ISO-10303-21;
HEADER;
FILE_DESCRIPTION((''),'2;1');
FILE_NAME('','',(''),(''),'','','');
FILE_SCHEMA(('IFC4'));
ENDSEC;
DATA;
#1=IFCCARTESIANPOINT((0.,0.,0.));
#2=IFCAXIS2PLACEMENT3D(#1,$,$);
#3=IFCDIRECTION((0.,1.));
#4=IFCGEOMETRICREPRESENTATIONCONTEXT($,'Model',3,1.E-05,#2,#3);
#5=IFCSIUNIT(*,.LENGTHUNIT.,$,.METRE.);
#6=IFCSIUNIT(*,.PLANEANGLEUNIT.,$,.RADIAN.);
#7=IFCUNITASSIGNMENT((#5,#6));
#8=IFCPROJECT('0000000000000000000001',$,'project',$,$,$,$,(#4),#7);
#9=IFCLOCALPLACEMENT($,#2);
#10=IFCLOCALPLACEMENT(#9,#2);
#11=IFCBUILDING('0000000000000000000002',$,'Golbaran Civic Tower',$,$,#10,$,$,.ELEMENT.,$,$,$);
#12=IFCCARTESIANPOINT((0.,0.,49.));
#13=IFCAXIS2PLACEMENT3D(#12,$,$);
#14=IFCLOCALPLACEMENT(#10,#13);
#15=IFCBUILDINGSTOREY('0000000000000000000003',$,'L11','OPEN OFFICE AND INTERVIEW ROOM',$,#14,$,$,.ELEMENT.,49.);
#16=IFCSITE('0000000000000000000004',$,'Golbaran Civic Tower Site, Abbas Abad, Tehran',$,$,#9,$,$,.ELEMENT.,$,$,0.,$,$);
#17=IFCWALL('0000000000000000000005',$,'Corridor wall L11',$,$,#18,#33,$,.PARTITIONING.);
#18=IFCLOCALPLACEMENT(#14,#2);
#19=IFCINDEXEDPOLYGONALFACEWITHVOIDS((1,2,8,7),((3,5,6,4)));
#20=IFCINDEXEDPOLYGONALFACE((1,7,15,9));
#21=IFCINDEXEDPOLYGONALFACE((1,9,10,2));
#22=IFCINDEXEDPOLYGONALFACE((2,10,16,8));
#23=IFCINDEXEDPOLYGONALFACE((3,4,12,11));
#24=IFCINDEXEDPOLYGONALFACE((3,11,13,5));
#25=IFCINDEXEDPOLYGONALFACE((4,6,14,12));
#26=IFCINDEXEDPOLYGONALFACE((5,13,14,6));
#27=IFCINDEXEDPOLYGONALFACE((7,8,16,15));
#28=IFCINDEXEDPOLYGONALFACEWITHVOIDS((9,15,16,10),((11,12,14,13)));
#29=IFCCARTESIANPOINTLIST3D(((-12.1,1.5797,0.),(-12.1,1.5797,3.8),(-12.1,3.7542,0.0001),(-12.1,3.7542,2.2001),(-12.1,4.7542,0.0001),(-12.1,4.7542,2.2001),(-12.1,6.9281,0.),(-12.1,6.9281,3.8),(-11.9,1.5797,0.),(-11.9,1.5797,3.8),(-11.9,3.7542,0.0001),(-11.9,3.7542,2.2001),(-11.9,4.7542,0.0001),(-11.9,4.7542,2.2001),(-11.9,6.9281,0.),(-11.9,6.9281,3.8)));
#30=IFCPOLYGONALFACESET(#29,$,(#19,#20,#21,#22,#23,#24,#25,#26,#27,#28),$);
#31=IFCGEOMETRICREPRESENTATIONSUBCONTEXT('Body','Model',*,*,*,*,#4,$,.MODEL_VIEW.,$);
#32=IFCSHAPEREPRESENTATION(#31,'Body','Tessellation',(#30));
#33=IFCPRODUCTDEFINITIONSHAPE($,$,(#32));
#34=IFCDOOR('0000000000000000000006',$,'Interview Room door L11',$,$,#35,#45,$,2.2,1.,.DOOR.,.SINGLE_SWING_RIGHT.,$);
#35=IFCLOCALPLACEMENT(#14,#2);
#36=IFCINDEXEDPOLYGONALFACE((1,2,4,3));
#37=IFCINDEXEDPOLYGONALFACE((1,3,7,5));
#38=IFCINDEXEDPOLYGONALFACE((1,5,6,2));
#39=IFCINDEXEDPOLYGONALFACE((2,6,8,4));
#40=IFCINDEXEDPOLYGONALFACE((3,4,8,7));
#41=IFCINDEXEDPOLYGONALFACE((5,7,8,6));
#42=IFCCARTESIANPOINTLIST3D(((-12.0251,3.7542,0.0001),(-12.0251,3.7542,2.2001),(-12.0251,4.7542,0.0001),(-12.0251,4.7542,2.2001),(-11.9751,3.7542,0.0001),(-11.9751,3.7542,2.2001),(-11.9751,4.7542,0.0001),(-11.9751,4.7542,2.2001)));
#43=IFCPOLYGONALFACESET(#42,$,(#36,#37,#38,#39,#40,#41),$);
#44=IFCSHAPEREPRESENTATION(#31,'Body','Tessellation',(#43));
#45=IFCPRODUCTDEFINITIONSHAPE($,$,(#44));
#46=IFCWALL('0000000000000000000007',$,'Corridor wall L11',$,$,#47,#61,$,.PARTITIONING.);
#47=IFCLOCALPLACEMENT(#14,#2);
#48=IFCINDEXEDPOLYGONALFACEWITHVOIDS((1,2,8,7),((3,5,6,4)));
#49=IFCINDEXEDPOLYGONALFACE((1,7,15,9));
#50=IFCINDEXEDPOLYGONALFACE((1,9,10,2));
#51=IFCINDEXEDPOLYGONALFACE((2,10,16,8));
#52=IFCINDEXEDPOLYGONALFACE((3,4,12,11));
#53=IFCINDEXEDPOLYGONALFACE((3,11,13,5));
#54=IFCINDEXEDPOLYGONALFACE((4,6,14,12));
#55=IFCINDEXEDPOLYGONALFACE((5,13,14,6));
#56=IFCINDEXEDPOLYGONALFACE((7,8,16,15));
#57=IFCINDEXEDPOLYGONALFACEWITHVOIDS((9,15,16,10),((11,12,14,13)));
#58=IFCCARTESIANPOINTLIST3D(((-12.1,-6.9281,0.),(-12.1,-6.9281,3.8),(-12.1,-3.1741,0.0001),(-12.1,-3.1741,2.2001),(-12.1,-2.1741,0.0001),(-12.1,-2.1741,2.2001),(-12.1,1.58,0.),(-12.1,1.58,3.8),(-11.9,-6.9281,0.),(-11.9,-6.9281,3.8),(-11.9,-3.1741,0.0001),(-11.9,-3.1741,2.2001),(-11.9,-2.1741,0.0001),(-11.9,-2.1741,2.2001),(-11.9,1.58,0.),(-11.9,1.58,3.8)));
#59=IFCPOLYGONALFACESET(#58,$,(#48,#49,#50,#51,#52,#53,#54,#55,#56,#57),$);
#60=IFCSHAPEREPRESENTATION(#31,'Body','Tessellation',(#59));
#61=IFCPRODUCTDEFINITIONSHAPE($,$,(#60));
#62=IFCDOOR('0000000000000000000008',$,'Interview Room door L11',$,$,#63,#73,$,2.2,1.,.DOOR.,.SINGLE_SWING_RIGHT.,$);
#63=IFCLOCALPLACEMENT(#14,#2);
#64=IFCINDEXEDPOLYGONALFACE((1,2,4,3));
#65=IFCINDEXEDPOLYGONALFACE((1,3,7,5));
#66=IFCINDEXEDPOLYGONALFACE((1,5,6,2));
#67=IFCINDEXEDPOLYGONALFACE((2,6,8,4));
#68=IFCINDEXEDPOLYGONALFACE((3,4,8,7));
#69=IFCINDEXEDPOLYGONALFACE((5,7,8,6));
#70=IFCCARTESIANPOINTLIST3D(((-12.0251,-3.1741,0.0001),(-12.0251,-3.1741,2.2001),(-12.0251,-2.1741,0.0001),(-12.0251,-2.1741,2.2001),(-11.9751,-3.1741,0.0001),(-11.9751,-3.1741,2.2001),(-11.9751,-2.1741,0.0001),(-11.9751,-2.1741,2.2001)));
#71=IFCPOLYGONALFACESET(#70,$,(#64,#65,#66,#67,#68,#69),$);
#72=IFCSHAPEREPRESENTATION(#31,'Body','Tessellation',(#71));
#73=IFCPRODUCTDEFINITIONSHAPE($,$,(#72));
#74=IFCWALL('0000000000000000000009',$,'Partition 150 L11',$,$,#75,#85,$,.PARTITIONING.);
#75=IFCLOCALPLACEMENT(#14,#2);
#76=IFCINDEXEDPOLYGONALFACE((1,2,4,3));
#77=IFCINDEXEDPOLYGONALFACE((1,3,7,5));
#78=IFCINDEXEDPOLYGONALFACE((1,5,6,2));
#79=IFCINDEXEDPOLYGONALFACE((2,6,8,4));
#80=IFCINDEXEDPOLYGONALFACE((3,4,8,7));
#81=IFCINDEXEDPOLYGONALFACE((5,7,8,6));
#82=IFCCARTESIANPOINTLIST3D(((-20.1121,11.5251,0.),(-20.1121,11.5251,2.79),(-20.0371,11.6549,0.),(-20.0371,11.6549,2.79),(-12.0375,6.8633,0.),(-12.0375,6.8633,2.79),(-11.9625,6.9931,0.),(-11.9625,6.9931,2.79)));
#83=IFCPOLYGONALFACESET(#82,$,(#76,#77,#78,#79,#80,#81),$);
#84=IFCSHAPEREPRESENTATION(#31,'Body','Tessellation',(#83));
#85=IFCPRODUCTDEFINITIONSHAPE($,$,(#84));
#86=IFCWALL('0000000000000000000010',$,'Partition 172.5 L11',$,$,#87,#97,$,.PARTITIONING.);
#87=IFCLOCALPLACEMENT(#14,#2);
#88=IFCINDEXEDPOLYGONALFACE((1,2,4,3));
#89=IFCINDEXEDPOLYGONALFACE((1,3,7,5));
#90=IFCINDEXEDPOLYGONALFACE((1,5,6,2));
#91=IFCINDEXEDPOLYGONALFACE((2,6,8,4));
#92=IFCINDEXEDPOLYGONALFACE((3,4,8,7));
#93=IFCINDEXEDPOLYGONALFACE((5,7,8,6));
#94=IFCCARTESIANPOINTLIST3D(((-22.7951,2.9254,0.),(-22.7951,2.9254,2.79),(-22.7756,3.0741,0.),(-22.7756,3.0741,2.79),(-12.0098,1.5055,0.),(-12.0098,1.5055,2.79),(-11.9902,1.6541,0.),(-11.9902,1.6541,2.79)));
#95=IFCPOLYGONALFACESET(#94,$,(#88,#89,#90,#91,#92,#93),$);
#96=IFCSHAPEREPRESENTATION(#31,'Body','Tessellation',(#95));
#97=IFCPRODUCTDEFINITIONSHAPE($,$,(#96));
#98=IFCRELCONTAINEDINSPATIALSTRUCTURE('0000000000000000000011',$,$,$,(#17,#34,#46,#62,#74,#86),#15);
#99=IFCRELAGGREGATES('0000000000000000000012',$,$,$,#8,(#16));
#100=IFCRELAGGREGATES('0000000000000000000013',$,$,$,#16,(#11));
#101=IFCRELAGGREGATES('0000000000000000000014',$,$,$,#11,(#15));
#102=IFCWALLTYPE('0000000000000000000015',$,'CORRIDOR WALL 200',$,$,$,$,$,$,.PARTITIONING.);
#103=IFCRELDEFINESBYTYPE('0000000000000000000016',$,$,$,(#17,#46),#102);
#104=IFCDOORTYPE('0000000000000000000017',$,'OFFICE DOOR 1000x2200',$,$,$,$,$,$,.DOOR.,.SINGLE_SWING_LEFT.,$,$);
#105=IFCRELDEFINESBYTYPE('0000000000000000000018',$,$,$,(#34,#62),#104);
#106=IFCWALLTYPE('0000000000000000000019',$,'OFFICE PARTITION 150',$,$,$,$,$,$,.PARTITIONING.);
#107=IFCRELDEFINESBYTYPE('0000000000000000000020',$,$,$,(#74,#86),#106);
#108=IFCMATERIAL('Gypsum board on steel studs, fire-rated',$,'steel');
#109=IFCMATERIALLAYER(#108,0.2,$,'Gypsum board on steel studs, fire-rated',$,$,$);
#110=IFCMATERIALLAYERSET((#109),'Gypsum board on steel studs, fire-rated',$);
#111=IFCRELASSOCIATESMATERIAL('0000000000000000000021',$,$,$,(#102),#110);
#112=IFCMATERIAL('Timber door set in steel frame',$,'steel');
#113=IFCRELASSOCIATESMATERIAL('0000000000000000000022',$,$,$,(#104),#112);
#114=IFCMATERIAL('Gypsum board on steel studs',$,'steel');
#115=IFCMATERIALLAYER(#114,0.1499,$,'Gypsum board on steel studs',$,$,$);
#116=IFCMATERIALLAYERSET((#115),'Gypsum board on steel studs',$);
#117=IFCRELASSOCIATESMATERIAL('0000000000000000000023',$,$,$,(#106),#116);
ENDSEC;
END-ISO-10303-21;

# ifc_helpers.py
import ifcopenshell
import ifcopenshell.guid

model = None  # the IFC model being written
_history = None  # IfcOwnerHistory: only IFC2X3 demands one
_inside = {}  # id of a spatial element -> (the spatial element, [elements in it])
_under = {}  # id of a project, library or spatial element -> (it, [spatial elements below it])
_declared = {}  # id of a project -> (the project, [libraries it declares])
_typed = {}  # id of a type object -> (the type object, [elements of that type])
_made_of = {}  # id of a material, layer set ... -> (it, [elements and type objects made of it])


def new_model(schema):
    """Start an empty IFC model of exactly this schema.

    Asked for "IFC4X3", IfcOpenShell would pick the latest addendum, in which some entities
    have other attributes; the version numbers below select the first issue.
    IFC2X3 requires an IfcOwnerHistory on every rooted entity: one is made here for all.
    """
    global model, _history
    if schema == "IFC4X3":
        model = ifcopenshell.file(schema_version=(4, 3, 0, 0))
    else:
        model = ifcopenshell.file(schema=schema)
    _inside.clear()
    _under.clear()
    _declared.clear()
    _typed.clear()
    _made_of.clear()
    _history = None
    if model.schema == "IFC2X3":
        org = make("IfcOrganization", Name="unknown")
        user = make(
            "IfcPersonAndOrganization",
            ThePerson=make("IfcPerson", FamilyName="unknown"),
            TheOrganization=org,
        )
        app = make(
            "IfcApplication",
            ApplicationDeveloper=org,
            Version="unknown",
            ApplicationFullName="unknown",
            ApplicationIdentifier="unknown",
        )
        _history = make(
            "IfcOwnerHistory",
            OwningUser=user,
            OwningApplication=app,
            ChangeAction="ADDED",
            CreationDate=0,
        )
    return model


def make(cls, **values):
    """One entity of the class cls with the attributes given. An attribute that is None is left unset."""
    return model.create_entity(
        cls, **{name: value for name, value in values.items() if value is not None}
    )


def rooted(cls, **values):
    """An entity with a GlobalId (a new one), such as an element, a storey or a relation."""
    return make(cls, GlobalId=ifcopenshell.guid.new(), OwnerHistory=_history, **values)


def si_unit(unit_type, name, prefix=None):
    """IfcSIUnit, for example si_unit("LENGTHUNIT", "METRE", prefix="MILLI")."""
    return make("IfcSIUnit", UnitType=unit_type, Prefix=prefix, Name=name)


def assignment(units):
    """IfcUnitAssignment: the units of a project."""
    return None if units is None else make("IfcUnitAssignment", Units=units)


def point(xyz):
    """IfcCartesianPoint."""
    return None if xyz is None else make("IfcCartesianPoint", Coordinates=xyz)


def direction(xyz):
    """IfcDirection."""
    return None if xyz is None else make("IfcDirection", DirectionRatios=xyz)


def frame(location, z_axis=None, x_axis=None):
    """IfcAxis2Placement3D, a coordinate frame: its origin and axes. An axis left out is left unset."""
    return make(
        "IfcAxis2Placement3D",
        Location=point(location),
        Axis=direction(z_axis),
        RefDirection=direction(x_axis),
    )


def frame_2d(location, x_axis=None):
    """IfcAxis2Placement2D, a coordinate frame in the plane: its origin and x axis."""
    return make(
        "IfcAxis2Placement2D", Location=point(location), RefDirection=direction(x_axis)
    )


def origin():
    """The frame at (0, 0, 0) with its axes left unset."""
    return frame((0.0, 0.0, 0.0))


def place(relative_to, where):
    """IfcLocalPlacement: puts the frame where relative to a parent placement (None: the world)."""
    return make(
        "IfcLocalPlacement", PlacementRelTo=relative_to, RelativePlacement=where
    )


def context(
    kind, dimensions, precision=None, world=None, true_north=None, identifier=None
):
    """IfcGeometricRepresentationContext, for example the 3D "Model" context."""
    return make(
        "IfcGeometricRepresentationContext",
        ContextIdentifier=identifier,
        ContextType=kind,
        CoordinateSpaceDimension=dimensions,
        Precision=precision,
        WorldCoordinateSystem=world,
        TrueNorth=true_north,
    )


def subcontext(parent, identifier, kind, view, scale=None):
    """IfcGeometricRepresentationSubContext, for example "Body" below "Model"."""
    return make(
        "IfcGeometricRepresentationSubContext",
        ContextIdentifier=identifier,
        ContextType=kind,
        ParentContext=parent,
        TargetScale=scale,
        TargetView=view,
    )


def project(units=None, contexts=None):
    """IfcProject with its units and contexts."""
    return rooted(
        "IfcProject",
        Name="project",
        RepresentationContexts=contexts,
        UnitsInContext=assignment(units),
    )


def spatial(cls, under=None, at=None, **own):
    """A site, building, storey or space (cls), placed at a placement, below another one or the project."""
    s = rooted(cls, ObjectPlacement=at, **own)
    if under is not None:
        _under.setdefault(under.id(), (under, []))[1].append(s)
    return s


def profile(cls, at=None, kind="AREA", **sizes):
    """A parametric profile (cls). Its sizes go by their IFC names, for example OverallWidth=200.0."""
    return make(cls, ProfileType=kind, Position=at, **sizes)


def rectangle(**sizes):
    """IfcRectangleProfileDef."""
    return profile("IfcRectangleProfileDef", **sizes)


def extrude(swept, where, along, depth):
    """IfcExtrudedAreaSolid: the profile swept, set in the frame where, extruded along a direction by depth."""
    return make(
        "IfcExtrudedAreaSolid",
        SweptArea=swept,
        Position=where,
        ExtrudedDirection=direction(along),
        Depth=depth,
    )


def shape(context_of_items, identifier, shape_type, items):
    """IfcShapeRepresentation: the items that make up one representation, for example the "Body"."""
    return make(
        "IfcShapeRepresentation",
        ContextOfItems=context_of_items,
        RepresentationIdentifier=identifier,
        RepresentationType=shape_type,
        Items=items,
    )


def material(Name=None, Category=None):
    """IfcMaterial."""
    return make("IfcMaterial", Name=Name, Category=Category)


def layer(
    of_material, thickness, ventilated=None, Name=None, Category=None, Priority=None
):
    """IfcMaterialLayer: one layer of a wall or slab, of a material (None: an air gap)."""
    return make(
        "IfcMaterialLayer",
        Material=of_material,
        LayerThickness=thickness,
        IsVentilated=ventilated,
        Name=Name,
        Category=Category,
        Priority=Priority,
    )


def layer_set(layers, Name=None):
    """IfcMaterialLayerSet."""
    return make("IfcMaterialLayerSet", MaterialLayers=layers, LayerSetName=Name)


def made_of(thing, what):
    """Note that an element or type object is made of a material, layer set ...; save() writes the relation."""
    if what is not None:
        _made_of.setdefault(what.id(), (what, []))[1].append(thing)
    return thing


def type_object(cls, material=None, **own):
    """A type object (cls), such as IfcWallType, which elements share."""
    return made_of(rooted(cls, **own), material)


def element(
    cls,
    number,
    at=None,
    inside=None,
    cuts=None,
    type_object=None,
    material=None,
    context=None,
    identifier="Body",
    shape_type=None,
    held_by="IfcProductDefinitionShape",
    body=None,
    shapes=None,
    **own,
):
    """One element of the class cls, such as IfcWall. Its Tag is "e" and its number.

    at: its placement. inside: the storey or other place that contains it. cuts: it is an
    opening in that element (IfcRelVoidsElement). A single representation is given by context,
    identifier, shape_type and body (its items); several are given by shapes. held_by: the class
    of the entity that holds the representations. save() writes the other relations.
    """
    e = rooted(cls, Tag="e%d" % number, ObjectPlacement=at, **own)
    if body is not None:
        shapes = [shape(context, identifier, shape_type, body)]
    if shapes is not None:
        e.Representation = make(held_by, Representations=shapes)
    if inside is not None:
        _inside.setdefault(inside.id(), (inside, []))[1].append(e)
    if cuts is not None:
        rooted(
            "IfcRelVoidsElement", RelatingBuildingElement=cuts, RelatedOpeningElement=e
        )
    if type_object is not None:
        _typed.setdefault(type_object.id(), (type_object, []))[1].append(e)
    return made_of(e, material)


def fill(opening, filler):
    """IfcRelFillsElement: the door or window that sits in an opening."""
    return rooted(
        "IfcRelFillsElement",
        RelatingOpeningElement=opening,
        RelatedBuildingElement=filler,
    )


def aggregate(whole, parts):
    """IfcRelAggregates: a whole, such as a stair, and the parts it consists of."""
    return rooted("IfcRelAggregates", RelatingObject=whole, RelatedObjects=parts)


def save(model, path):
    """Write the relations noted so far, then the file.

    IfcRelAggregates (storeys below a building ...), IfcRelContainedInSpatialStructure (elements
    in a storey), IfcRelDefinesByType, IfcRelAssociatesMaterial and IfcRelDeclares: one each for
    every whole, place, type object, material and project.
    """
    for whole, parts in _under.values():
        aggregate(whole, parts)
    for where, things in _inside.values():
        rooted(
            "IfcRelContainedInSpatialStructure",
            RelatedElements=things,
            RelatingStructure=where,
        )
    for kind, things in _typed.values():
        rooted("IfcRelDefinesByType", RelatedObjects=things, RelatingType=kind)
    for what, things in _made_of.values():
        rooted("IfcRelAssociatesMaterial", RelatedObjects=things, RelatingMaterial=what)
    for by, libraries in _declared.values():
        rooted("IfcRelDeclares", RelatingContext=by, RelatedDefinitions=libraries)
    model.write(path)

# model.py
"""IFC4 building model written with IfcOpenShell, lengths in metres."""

from ifc_helpers import new_model, si_unit, direction, frame, frame_2d, origin, place, context, subcontext, project, spatial, rectangle, extrude, material, layer, layer_set, type_object, element, fill, save


model = new_model("IFC4")

# Units and contexts
model_context = context("Model", 3, precision=1e-05, world=origin(), true_north=direction((0.0, 1.0)))
body_context = subcontext(model_context, "Body", "Model", "MODEL_VIEW")
ifc_project = project(units=[si_unit("LENGTHUNIT", "METRE"), si_unit("PLANEANGLEUNIT", "RADIAN")], contexts=[model_context])

# Site, building, storey
site_placement = place(None, origin())
site = spatial("IfcSite", under=ifc_project, at=site_placement, Name="Golbaran Civic Tower Site, Abbas Abad, Tehran", CompositionType="ELEMENT", RefElevation=0.0)
building_placement = place(site_placement, origin())
building = spatial("IfcBuilding", under=site, at=building_placement, Name="Golbaran Civic Tower", CompositionType="ELEMENT")
storey_placement = place(building_placement, frame((0.0, 0.0, 49.0)))
storey = spatial("IfcBuildingStorey", under=building, at=storey_placement, Name="L11", Description="OPEN OFFICE AND INTERVIEW ROOM", CompositionType="ELEMENT", Elevation=49.0)

# Walls, openings, doors
ifc_material_1 = material(Name="Timber door set in steel frame", Category="steel")
ifc_material_2 = material(Name="Gypsum board on steel studs, fire-rated", Category="steel")
ifc_layer_1 = layer(ifc_material_2, 0.2, Name="Gypsum board on steel studs, fire-rated")
ifc_layer_set_1 = layer_set([ifc_layer_1], Name="Gypsum board on steel studs, fire-rated")
wall_type_1 = type_object("IfcWallType", Name="CORRIDOR WALL 200", PredefinedType="PARTITIONING", material=ifc_layer_set_1)
door_type_1 = type_object("IfcDoorType", Name="OFFICE DOOR 1000x2200", OperationType="SINGLE_SWING_LEFT", PredefinedType="DOOR", material=ifc_material_1)
wall_1_placement = place(storey_placement, frame((-12.0, 6.9282, 0.0), z_axis=(0.0, 0.0, 1.0), x_axis=(0.0, -1.0, 0.0)))
wall_1 = element("IfcWall", 1, at=wall_1_placement, inside=storey, type_object=wall_type_1, Name="Corridor wall L11", PredefinedType="PARTITIONING", context=body_context, shape_type="SweptSolid", body=[
    extrude(rectangle(XDim=5.3484, YDim=0.2, at=frame_2d((2.6743, 0.0))), origin(), (0.0, 0.0, 1.0), 3.8),
])
opening_1_placement = place(wall_1_placement, frame((2.1741, 0.0, 0.0)))
opening_1 = element("IfcOpeningElement", 2, at=opening_1_placement, cuts=wall_1, PredefinedType="OPENING", context=body_context, shape_type="SweptSolid", body=[
    extrude(rectangle(XDim=1.0, YDim=2.2, at=frame_2d((0.5, 1.1001))), frame((0.0, 0.1099, 0.0), z_axis=(0.0, -1.0, 0.0), x_axis=(1.0, 0.0, 0.0)), (0.0, 0.0, 1.0), 0.22),
])
door_1_placement = place(opening_1_placement, origin())
door_1 = element("IfcDoor", 3, at=door_1_placement, inside=storey, type_object=door_type_1, Name="Interview Room door L11", OperationType="SINGLE_SWING_RIGHT", OverallHeight=2.2, OverallWidth=1.0, PredefinedType="DOOR", context=body_context, shape_type="SweptSolid", body=[
    extrude(rectangle(XDim=1.0, YDim=2.2, at=frame_2d((0.5, 1.1001))), frame((0.0, 0.0249, 0.0), z_axis=(0.0, -1.0, 0.0), x_axis=(1.0, 0.0, 0.0)), (0.0, 0.0, 1.0), 0.05),
])
fill(opening_1, door_1)
wall_2_placement = place(storey_placement, frame((-12.0, 1.5798, 0.0), z_axis=(0.0, 0.0, 1.0), x_axis=(0.0, -1.0, 0.0)))
wall_2 = element("IfcWall", 4, at=wall_2_placement, inside=storey, type_object=wall_type_1, Name="Corridor wall L11", PredefinedType="PARTITIONING", context=body_context, shape_type="SweptSolid", body=[
    extrude(rectangle(XDim=8.5081, YDim=0.2, at=frame_2d((4.2539, 0.0))), origin(), (0.0, 0.0, 1.0), 3.8),
])
opening_2_placement = place(wall_2_placement, frame((3.7539, 0.0, 0.0)))
opening_2 = element("IfcOpeningElement", 5, at=opening_2_placement, cuts=wall_2, PredefinedType="OPENING", context=body_context, shape_type="SweptSolid", body=[
    extrude(rectangle(XDim=1.0, YDim=2.2, at=frame_2d((0.5, 1.1001))), frame((0.0, 0.1099, 0.0), z_axis=(0.0, -1.0, 0.0), x_axis=(1.0, 0.0, 0.0)), (0.0, 0.0, 1.0), 0.22),
])
door_2_placement = place(opening_2_placement, origin())
door_2 = element("IfcDoor", 6, at=door_2_placement, inside=storey, type_object=door_type_1, Name="Interview Room door L11", OperationType="SINGLE_SWING_RIGHT", OverallHeight=2.2, OverallWidth=1.0, PredefinedType="DOOR", context=body_context, shape_type="SweptSolid", body=[
    extrude(rectangle(XDim=1.0, YDim=2.2, at=frame_2d((0.5, 1.1001))), frame((0.0, 0.0249, 0.0), z_axis=(0.0, -1.0, 0.0), x_axis=(1.0, 0.0, 0.0)), (0.0, 0.0, 1.0), 0.05),
])
fill(opening_2, door_2)

# Walls
ifc_material_3 = material(Name="Gypsum board on steel studs", Category="steel")
ifc_layer_2 = layer(ifc_material_3, 0.1499, Name="Gypsum board on steel studs")
ifc_layer_set_2 = layer_set([ifc_layer_2], Name="Gypsum board on steel studs")
wall_type_2 = type_object("IfcWallType", Name="OFFICE PARTITION 150", PredefinedType="PARTITIONING", material=ifc_layer_set_2)
wall_3_placement = place(storey_placement, frame((-12.0, 6.9282, 0.0), z_axis=(0.0, 0.0, 1.0), x_axis=(-0.866029, 0.499994, 0.0)))
element("IfcWall", 7, at=wall_3_placement, inside=storey, type_object=wall_type_2, Name="Partition 150 L11", PredefinedType="PARTITIONING", context=body_context, shape_type="SweptSolid", body=[
    extrude(rectangle(XDim=9.3237, YDim=0.1499, at=frame_2d((4.6619, 0.0))), origin(), (0.0, 0.0, 1.0), 2.79),
])
wall_4_placement = place(storey_placement, frame((-12.0, 1.5798, 0.0), z_axis=(0.0, 0.0, 1.0), x_axis=(-0.991445, 0.130526, 0.0)))
element("IfcWall", 8, at=wall_4_placement, inside=storey, type_object=wall_type_2, Name="Partition 172.5 L11", PredefinedType="PARTITIONING", context=body_context, shape_type="SweptSolid", body=[
    extrude(rectangle(XDim=10.8784, YDim=0.1499, at=frame_2d((5.4392, 0.0))), origin(), (0.0, 0.0, 1.0), 2.79),
])

save(model, "model.ifc")
